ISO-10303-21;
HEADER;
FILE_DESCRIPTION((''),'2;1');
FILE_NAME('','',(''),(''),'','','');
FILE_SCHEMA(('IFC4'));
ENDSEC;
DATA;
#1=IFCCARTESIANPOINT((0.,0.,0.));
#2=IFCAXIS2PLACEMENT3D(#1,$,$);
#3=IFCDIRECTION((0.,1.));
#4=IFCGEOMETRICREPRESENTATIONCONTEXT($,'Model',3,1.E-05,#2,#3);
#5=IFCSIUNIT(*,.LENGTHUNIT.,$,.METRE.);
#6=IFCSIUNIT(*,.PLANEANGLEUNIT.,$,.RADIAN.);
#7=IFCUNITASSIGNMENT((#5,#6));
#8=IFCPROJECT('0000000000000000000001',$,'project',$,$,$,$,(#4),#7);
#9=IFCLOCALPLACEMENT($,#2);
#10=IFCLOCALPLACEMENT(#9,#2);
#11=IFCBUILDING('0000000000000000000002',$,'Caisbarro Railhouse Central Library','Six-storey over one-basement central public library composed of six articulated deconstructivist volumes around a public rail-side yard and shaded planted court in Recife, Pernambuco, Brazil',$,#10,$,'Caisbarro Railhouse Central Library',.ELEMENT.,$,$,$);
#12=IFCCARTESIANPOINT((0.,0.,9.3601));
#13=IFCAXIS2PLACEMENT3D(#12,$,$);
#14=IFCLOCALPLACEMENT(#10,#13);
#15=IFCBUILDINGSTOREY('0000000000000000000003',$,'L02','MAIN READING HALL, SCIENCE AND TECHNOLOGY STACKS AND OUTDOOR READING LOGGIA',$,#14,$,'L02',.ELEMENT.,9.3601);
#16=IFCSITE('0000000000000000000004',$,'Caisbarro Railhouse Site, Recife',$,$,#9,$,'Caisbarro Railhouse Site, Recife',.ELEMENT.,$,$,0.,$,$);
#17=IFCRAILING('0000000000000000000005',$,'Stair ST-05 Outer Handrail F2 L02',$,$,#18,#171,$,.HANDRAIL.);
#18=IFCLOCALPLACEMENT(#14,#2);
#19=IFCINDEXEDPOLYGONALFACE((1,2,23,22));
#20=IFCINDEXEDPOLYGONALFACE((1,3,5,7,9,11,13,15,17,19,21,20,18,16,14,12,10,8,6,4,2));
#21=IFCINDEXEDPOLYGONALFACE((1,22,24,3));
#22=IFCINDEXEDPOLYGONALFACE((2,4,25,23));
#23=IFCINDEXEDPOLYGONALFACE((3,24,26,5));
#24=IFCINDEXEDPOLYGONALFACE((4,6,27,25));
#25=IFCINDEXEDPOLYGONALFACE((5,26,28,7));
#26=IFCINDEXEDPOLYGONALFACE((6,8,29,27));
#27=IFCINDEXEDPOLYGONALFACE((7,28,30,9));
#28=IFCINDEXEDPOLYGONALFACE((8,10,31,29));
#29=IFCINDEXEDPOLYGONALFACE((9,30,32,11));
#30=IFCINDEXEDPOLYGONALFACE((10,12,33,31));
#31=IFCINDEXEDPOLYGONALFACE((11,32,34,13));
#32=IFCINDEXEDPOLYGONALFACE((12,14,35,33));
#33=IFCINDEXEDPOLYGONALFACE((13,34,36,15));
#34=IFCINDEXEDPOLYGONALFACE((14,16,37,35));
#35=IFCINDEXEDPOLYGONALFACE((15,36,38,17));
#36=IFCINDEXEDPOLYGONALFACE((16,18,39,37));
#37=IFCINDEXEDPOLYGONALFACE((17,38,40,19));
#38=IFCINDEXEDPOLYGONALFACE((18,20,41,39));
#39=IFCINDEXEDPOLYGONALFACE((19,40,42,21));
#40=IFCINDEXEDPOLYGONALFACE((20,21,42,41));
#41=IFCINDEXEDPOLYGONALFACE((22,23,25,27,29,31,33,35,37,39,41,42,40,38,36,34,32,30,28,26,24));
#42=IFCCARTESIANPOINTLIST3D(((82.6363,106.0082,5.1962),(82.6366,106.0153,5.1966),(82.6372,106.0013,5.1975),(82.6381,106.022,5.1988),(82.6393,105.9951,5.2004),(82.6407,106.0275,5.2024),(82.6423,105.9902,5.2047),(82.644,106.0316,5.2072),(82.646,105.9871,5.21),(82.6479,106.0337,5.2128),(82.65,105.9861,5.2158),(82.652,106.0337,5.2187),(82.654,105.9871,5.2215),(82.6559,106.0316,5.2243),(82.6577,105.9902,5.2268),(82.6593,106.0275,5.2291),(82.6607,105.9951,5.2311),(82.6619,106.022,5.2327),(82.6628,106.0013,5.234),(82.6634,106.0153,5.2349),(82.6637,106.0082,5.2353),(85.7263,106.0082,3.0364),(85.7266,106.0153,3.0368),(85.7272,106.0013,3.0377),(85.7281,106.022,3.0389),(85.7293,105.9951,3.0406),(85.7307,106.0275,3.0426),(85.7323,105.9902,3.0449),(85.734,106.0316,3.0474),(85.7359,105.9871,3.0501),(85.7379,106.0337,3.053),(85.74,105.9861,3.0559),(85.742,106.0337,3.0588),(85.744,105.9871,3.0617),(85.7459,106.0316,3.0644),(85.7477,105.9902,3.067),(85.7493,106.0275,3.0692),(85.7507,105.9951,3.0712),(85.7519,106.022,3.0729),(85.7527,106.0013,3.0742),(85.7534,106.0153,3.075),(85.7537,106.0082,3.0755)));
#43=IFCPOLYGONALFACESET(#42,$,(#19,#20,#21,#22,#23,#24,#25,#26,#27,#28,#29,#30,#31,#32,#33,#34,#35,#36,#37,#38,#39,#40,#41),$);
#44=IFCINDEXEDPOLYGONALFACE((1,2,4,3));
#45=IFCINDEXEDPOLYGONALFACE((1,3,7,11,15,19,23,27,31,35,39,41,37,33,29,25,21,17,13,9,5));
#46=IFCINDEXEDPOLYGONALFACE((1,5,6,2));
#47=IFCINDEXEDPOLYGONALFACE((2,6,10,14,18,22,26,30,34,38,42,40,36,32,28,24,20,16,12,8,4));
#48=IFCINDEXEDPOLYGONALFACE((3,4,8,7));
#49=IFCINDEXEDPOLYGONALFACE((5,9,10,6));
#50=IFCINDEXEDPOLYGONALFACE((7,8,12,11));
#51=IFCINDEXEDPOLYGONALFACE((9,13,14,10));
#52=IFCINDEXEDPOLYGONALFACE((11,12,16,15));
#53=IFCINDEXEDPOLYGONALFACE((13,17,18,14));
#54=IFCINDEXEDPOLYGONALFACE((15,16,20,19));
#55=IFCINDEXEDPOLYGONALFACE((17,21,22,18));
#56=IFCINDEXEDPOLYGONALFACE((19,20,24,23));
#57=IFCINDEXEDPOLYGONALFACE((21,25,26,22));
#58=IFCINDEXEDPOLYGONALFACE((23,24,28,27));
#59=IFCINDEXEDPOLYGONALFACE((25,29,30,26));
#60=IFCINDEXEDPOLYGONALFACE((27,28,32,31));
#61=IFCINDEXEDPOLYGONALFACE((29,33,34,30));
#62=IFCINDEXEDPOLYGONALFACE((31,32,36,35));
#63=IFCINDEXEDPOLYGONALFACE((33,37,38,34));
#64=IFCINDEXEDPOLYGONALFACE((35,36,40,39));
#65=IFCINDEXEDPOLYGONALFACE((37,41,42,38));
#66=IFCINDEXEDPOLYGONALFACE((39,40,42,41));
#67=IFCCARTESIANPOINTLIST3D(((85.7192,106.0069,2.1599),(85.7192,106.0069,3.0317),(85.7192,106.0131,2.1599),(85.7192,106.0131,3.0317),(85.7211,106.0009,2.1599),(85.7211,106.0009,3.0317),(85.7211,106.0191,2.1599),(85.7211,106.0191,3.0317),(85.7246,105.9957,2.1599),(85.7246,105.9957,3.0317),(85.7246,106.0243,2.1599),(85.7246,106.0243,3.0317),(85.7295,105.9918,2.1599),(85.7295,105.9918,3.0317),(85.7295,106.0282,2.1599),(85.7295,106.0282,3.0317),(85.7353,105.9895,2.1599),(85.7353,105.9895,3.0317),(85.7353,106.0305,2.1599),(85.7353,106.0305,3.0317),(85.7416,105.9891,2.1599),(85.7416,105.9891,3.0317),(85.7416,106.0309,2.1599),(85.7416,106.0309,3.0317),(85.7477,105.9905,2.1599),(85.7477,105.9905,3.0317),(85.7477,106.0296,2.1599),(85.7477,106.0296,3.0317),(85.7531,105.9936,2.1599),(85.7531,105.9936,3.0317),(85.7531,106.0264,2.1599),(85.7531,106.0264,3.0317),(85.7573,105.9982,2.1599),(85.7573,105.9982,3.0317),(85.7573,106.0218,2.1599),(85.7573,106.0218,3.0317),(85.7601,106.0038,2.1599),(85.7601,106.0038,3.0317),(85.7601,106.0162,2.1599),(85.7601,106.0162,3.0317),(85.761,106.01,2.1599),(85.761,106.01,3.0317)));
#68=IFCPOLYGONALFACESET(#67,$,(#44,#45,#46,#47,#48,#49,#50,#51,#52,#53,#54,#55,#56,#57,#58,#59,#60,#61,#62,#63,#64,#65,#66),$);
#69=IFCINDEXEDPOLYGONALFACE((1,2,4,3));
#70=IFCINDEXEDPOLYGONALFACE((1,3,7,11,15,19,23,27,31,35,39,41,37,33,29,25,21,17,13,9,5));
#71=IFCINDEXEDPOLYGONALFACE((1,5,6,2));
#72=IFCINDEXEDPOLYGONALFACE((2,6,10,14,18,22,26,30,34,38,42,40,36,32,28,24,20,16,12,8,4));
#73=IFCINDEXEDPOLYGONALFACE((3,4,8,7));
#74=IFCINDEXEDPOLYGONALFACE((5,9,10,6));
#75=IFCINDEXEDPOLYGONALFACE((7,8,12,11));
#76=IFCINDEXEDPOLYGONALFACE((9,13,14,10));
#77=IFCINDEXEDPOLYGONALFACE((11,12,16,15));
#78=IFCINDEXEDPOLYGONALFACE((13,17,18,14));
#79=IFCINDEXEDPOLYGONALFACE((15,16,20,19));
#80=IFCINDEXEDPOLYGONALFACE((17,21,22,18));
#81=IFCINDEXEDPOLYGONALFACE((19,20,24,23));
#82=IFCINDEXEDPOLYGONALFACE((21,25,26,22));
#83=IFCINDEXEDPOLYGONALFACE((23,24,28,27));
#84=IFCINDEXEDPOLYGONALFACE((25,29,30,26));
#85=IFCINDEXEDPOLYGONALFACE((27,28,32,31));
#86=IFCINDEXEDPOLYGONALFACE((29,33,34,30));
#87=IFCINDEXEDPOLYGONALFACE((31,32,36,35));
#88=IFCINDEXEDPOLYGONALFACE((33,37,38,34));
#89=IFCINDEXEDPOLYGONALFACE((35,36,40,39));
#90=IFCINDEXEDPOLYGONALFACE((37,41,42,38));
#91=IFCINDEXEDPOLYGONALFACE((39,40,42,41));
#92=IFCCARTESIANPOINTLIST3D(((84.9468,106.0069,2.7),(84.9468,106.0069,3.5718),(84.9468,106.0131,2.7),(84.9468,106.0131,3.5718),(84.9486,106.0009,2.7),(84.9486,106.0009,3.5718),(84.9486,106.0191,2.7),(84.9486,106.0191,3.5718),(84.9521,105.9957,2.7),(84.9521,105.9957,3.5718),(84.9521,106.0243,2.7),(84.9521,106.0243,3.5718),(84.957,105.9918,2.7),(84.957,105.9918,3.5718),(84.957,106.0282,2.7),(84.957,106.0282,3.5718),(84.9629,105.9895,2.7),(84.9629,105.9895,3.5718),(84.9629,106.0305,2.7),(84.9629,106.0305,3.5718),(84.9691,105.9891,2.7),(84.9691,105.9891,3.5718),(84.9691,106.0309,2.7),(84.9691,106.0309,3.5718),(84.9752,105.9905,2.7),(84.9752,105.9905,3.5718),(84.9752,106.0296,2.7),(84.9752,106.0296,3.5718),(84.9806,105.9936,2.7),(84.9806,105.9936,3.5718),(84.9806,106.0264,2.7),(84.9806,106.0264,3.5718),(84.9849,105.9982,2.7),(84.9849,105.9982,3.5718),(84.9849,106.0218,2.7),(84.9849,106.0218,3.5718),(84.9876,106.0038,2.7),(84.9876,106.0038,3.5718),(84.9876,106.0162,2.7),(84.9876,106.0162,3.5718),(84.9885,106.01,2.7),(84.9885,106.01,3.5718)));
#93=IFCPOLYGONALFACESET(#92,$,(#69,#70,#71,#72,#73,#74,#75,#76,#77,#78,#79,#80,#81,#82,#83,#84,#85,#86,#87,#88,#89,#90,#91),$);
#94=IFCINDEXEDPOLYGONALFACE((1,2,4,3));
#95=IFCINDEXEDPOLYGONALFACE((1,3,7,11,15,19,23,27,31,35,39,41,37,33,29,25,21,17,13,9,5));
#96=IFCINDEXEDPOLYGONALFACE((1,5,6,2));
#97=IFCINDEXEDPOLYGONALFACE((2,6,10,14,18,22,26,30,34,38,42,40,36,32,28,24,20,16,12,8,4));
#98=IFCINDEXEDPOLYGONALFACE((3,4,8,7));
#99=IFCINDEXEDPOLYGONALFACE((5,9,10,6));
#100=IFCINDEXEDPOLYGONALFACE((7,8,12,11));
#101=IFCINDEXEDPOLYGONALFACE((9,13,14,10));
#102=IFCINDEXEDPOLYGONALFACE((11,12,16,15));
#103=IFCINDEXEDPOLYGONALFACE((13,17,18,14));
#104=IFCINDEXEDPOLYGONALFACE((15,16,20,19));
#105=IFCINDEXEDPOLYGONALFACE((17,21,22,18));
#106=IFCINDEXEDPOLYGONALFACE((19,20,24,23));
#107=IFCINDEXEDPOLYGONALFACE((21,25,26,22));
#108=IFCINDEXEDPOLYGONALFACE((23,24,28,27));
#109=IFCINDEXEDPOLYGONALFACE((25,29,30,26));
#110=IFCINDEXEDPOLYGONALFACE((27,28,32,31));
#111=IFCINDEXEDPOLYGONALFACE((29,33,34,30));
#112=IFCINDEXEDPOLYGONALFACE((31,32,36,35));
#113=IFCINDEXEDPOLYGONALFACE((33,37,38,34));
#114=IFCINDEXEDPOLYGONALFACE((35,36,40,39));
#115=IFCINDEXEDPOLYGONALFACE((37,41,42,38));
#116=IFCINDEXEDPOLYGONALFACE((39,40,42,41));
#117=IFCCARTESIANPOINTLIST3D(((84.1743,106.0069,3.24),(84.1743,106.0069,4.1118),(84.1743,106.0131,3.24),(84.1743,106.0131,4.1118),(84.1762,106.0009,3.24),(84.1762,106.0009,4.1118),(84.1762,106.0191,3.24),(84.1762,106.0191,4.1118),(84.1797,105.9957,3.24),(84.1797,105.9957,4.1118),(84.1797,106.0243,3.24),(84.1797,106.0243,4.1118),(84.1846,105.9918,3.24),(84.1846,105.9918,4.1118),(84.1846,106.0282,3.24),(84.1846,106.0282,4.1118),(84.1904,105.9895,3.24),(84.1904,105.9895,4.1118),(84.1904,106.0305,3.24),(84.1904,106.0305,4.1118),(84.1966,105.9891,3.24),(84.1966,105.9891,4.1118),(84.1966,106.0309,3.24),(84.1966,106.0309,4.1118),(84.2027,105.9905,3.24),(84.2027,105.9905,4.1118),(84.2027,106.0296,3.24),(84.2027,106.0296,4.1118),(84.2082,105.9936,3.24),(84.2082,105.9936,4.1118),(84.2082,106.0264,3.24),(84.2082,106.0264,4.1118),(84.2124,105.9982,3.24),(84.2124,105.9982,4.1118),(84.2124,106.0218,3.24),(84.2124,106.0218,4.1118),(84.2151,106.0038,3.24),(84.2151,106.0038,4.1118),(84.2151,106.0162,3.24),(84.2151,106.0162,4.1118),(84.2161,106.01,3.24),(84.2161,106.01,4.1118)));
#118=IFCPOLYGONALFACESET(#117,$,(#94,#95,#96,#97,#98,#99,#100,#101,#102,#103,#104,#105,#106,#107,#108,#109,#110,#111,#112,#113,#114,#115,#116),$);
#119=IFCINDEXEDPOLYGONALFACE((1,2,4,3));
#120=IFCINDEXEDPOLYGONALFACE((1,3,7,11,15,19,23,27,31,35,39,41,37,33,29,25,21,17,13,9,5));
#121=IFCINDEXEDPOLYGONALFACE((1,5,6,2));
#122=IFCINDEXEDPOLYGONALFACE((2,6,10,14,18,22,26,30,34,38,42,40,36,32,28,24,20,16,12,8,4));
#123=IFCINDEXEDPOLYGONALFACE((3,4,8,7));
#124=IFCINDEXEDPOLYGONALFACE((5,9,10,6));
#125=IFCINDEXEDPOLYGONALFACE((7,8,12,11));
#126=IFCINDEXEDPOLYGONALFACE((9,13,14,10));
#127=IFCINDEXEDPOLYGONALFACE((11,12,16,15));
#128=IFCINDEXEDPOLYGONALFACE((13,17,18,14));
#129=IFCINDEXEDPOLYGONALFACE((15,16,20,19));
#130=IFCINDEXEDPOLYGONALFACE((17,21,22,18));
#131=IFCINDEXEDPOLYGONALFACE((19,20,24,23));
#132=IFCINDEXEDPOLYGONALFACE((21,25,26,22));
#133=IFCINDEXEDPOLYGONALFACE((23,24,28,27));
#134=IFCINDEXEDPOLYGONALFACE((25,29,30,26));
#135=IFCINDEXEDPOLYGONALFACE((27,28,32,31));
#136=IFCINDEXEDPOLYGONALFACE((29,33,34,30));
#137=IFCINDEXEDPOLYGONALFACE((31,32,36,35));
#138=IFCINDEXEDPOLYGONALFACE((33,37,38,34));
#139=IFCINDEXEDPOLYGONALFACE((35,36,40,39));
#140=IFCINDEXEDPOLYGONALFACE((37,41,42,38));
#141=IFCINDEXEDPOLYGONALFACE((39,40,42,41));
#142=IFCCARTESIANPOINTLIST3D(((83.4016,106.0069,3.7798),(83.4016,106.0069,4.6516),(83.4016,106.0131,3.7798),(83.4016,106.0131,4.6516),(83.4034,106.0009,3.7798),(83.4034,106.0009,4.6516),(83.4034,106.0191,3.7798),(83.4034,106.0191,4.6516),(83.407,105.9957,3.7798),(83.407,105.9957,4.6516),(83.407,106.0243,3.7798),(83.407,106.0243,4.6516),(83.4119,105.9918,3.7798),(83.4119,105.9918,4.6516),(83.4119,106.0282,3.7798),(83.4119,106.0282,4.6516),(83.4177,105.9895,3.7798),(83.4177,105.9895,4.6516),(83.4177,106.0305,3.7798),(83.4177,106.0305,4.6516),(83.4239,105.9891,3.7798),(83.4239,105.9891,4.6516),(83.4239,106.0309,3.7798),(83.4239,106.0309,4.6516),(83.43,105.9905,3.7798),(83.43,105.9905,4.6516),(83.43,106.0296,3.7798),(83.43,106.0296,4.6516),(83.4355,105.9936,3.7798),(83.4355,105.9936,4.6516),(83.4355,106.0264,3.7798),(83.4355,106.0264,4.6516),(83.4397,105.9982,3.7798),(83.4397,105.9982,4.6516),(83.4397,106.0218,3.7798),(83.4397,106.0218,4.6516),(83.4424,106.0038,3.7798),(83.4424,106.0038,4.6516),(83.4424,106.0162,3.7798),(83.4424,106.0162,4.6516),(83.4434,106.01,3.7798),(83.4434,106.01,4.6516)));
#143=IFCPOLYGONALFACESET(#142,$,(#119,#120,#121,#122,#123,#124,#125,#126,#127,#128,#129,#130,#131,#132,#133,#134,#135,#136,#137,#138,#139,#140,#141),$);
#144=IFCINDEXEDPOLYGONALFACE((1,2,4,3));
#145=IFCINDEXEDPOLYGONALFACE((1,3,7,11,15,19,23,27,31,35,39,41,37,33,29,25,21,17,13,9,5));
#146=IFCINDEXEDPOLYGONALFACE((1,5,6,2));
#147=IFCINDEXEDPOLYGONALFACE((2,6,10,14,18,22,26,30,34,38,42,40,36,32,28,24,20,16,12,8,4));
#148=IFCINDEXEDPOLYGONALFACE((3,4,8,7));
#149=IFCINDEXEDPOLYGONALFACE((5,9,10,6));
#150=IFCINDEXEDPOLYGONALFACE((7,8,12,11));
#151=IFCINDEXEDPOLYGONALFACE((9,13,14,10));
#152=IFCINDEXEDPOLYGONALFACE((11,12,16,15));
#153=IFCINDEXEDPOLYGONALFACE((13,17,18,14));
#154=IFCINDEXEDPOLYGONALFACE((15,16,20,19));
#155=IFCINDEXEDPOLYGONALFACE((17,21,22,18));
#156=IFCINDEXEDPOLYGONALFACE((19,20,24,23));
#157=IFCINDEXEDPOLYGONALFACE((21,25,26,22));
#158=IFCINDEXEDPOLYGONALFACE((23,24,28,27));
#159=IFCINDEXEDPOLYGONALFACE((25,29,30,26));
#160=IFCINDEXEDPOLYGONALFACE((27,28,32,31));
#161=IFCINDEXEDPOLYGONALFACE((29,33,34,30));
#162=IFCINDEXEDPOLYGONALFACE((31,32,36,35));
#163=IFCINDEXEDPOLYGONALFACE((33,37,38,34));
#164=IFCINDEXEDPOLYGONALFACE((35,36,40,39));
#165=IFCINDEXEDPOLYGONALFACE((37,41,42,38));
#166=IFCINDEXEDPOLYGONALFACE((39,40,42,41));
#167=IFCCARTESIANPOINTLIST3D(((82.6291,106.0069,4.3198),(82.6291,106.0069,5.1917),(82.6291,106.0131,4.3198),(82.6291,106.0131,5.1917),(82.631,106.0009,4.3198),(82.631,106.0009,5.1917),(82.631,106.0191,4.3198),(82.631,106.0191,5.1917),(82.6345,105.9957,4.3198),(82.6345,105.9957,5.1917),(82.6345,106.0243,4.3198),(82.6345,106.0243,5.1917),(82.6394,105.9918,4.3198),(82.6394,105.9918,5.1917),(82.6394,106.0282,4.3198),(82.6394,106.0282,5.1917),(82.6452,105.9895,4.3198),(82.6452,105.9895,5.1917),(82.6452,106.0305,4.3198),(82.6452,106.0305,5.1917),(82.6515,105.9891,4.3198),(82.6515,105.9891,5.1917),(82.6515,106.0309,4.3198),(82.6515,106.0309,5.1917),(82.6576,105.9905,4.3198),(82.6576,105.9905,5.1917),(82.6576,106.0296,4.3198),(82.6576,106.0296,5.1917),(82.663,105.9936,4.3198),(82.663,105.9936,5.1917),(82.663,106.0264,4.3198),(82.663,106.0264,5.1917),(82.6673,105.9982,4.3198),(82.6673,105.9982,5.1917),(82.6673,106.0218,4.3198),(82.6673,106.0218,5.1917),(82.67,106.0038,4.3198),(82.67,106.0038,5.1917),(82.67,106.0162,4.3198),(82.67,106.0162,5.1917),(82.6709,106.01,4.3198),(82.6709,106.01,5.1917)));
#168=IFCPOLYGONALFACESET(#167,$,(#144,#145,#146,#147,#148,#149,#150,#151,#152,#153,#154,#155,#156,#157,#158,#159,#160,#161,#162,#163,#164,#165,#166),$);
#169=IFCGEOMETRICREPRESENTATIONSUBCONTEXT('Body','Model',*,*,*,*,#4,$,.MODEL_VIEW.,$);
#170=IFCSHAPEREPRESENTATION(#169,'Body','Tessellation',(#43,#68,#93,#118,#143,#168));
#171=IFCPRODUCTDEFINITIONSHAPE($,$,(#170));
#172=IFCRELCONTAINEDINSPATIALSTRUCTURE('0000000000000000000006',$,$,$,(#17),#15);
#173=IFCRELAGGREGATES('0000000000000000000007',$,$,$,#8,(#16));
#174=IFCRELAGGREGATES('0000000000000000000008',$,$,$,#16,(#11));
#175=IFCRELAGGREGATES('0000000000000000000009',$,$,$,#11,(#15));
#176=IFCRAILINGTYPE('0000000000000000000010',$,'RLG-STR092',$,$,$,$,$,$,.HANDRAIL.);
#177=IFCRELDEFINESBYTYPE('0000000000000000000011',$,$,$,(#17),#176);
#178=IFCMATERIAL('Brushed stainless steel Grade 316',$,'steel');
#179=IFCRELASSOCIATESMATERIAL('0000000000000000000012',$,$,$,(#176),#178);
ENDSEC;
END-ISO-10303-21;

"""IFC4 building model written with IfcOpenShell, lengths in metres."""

from ifc_helpers import new_model, si_unit, direction, frame, origin, origin_2d, place, context, subcontext, project, spatial, circle, extrude, material, type_object, element, save


model = new_model("IFC4")

# Units and contexts
model_context = context("Model", 3, precision=1e-05, world=origin(), true_north=direction((0.0, 1.0)))
body_context = subcontext(model_context, "Body", "Model", "MODEL_VIEW")
ifc_project = project(units=[si_unit("LENGTHUNIT", "METRE"), si_unit("PLANEANGLEUNIT", "RADIAN")], contexts=[model_context])

# Site, building, storey
site_placement = place(None, origin())
site = spatial("IfcSite", under=ifc_project, at=site_placement, Name="Caisbarro Railhouse Site, Recife", LongName="Caisbarro Railhouse Site, Recife", CompositionType="ELEMENT", RefElevation=0.0)
building_placement = place(site_placement, origin())
building = spatial("IfcBuilding", under=site, at=building_placement, Name="Caisbarro Railhouse Central Library", Description="Six-storey over one-basement central public library composed of six articulated deconstructivist volumes around a public rail-side yard and shaded planted court in Recife, Pernambuco, Brazil", LongName="Caisbarro Railhouse Central Library", CompositionType="ELEMENT")
storey_placement = place(building_placement, frame((0.0, 0.0, 9.3601)))
storey = spatial("IfcBuildingStorey", under=building, at=storey_placement, Name="L02", Description="MAIN READING HALL, SCIENCE AND TECHNOLOGY STACKS AND OUTDOOR READING LOGGIA", LongName="L02", CompositionType="ELEMENT", Elevation=9.3601)

# Railing
ifc_material_1 = material(Name="Brushed stainless steel Grade 316", Category="steel")
railing_type_1 = type_object("IfcRailingType", Name="RLG-STR092", PredefinedType="HANDRAIL", material=ifc_material_1)
railing_1_placement = place(storey_placement, frame((85.74, 106.01, 2.1599)))
element("IfcRailing", 1, at=railing_1_placement, inside=storey, type_object=railing_type_1, Name="Stair ST-05 Outer Handrail F2 L02", PredefinedType="HANDRAIL", context=body_context, shape_type="SweptSolid", body=[
    extrude(circle(Radius=0.0239, at=origin_2d()), frame((0.0, 0.0, 0.896), z_axis=(-0.819624, 0.0, 0.572902), x_axis=(0.0, -1.0, 0.0)), (0.0, 0.0, 1.0), 3.77),
    extrude(circle(Radius=0.021, at=origin_2d()), origin(), (0.0, 0.0, 1.0), 0.8718),
    extrude(circle(Radius=0.021, at=origin_2d()), frame((-0.7725, 0.0, 0.54)), (0.0, 0.0, 1.0), 0.8718),
    extrude(circle(Radius=0.021, at=origin_2d()), frame((-1.5449, 0.0, 1.0801)), (0.0, 0.0, 1.0), 0.8718),
    extrude(circle(Radius=0.021, at=origin_2d()), frame((-2.3176, 0.0, 1.6199)), (0.0, 0.0, 1.0), 0.8718),
    extrude(circle(Radius=0.021, at=origin_2d()), frame((-3.0901, 0.0, 2.1599)), (0.0, 0.0, 1.0), 0.8718),
])

save(model, "model.ifc")
